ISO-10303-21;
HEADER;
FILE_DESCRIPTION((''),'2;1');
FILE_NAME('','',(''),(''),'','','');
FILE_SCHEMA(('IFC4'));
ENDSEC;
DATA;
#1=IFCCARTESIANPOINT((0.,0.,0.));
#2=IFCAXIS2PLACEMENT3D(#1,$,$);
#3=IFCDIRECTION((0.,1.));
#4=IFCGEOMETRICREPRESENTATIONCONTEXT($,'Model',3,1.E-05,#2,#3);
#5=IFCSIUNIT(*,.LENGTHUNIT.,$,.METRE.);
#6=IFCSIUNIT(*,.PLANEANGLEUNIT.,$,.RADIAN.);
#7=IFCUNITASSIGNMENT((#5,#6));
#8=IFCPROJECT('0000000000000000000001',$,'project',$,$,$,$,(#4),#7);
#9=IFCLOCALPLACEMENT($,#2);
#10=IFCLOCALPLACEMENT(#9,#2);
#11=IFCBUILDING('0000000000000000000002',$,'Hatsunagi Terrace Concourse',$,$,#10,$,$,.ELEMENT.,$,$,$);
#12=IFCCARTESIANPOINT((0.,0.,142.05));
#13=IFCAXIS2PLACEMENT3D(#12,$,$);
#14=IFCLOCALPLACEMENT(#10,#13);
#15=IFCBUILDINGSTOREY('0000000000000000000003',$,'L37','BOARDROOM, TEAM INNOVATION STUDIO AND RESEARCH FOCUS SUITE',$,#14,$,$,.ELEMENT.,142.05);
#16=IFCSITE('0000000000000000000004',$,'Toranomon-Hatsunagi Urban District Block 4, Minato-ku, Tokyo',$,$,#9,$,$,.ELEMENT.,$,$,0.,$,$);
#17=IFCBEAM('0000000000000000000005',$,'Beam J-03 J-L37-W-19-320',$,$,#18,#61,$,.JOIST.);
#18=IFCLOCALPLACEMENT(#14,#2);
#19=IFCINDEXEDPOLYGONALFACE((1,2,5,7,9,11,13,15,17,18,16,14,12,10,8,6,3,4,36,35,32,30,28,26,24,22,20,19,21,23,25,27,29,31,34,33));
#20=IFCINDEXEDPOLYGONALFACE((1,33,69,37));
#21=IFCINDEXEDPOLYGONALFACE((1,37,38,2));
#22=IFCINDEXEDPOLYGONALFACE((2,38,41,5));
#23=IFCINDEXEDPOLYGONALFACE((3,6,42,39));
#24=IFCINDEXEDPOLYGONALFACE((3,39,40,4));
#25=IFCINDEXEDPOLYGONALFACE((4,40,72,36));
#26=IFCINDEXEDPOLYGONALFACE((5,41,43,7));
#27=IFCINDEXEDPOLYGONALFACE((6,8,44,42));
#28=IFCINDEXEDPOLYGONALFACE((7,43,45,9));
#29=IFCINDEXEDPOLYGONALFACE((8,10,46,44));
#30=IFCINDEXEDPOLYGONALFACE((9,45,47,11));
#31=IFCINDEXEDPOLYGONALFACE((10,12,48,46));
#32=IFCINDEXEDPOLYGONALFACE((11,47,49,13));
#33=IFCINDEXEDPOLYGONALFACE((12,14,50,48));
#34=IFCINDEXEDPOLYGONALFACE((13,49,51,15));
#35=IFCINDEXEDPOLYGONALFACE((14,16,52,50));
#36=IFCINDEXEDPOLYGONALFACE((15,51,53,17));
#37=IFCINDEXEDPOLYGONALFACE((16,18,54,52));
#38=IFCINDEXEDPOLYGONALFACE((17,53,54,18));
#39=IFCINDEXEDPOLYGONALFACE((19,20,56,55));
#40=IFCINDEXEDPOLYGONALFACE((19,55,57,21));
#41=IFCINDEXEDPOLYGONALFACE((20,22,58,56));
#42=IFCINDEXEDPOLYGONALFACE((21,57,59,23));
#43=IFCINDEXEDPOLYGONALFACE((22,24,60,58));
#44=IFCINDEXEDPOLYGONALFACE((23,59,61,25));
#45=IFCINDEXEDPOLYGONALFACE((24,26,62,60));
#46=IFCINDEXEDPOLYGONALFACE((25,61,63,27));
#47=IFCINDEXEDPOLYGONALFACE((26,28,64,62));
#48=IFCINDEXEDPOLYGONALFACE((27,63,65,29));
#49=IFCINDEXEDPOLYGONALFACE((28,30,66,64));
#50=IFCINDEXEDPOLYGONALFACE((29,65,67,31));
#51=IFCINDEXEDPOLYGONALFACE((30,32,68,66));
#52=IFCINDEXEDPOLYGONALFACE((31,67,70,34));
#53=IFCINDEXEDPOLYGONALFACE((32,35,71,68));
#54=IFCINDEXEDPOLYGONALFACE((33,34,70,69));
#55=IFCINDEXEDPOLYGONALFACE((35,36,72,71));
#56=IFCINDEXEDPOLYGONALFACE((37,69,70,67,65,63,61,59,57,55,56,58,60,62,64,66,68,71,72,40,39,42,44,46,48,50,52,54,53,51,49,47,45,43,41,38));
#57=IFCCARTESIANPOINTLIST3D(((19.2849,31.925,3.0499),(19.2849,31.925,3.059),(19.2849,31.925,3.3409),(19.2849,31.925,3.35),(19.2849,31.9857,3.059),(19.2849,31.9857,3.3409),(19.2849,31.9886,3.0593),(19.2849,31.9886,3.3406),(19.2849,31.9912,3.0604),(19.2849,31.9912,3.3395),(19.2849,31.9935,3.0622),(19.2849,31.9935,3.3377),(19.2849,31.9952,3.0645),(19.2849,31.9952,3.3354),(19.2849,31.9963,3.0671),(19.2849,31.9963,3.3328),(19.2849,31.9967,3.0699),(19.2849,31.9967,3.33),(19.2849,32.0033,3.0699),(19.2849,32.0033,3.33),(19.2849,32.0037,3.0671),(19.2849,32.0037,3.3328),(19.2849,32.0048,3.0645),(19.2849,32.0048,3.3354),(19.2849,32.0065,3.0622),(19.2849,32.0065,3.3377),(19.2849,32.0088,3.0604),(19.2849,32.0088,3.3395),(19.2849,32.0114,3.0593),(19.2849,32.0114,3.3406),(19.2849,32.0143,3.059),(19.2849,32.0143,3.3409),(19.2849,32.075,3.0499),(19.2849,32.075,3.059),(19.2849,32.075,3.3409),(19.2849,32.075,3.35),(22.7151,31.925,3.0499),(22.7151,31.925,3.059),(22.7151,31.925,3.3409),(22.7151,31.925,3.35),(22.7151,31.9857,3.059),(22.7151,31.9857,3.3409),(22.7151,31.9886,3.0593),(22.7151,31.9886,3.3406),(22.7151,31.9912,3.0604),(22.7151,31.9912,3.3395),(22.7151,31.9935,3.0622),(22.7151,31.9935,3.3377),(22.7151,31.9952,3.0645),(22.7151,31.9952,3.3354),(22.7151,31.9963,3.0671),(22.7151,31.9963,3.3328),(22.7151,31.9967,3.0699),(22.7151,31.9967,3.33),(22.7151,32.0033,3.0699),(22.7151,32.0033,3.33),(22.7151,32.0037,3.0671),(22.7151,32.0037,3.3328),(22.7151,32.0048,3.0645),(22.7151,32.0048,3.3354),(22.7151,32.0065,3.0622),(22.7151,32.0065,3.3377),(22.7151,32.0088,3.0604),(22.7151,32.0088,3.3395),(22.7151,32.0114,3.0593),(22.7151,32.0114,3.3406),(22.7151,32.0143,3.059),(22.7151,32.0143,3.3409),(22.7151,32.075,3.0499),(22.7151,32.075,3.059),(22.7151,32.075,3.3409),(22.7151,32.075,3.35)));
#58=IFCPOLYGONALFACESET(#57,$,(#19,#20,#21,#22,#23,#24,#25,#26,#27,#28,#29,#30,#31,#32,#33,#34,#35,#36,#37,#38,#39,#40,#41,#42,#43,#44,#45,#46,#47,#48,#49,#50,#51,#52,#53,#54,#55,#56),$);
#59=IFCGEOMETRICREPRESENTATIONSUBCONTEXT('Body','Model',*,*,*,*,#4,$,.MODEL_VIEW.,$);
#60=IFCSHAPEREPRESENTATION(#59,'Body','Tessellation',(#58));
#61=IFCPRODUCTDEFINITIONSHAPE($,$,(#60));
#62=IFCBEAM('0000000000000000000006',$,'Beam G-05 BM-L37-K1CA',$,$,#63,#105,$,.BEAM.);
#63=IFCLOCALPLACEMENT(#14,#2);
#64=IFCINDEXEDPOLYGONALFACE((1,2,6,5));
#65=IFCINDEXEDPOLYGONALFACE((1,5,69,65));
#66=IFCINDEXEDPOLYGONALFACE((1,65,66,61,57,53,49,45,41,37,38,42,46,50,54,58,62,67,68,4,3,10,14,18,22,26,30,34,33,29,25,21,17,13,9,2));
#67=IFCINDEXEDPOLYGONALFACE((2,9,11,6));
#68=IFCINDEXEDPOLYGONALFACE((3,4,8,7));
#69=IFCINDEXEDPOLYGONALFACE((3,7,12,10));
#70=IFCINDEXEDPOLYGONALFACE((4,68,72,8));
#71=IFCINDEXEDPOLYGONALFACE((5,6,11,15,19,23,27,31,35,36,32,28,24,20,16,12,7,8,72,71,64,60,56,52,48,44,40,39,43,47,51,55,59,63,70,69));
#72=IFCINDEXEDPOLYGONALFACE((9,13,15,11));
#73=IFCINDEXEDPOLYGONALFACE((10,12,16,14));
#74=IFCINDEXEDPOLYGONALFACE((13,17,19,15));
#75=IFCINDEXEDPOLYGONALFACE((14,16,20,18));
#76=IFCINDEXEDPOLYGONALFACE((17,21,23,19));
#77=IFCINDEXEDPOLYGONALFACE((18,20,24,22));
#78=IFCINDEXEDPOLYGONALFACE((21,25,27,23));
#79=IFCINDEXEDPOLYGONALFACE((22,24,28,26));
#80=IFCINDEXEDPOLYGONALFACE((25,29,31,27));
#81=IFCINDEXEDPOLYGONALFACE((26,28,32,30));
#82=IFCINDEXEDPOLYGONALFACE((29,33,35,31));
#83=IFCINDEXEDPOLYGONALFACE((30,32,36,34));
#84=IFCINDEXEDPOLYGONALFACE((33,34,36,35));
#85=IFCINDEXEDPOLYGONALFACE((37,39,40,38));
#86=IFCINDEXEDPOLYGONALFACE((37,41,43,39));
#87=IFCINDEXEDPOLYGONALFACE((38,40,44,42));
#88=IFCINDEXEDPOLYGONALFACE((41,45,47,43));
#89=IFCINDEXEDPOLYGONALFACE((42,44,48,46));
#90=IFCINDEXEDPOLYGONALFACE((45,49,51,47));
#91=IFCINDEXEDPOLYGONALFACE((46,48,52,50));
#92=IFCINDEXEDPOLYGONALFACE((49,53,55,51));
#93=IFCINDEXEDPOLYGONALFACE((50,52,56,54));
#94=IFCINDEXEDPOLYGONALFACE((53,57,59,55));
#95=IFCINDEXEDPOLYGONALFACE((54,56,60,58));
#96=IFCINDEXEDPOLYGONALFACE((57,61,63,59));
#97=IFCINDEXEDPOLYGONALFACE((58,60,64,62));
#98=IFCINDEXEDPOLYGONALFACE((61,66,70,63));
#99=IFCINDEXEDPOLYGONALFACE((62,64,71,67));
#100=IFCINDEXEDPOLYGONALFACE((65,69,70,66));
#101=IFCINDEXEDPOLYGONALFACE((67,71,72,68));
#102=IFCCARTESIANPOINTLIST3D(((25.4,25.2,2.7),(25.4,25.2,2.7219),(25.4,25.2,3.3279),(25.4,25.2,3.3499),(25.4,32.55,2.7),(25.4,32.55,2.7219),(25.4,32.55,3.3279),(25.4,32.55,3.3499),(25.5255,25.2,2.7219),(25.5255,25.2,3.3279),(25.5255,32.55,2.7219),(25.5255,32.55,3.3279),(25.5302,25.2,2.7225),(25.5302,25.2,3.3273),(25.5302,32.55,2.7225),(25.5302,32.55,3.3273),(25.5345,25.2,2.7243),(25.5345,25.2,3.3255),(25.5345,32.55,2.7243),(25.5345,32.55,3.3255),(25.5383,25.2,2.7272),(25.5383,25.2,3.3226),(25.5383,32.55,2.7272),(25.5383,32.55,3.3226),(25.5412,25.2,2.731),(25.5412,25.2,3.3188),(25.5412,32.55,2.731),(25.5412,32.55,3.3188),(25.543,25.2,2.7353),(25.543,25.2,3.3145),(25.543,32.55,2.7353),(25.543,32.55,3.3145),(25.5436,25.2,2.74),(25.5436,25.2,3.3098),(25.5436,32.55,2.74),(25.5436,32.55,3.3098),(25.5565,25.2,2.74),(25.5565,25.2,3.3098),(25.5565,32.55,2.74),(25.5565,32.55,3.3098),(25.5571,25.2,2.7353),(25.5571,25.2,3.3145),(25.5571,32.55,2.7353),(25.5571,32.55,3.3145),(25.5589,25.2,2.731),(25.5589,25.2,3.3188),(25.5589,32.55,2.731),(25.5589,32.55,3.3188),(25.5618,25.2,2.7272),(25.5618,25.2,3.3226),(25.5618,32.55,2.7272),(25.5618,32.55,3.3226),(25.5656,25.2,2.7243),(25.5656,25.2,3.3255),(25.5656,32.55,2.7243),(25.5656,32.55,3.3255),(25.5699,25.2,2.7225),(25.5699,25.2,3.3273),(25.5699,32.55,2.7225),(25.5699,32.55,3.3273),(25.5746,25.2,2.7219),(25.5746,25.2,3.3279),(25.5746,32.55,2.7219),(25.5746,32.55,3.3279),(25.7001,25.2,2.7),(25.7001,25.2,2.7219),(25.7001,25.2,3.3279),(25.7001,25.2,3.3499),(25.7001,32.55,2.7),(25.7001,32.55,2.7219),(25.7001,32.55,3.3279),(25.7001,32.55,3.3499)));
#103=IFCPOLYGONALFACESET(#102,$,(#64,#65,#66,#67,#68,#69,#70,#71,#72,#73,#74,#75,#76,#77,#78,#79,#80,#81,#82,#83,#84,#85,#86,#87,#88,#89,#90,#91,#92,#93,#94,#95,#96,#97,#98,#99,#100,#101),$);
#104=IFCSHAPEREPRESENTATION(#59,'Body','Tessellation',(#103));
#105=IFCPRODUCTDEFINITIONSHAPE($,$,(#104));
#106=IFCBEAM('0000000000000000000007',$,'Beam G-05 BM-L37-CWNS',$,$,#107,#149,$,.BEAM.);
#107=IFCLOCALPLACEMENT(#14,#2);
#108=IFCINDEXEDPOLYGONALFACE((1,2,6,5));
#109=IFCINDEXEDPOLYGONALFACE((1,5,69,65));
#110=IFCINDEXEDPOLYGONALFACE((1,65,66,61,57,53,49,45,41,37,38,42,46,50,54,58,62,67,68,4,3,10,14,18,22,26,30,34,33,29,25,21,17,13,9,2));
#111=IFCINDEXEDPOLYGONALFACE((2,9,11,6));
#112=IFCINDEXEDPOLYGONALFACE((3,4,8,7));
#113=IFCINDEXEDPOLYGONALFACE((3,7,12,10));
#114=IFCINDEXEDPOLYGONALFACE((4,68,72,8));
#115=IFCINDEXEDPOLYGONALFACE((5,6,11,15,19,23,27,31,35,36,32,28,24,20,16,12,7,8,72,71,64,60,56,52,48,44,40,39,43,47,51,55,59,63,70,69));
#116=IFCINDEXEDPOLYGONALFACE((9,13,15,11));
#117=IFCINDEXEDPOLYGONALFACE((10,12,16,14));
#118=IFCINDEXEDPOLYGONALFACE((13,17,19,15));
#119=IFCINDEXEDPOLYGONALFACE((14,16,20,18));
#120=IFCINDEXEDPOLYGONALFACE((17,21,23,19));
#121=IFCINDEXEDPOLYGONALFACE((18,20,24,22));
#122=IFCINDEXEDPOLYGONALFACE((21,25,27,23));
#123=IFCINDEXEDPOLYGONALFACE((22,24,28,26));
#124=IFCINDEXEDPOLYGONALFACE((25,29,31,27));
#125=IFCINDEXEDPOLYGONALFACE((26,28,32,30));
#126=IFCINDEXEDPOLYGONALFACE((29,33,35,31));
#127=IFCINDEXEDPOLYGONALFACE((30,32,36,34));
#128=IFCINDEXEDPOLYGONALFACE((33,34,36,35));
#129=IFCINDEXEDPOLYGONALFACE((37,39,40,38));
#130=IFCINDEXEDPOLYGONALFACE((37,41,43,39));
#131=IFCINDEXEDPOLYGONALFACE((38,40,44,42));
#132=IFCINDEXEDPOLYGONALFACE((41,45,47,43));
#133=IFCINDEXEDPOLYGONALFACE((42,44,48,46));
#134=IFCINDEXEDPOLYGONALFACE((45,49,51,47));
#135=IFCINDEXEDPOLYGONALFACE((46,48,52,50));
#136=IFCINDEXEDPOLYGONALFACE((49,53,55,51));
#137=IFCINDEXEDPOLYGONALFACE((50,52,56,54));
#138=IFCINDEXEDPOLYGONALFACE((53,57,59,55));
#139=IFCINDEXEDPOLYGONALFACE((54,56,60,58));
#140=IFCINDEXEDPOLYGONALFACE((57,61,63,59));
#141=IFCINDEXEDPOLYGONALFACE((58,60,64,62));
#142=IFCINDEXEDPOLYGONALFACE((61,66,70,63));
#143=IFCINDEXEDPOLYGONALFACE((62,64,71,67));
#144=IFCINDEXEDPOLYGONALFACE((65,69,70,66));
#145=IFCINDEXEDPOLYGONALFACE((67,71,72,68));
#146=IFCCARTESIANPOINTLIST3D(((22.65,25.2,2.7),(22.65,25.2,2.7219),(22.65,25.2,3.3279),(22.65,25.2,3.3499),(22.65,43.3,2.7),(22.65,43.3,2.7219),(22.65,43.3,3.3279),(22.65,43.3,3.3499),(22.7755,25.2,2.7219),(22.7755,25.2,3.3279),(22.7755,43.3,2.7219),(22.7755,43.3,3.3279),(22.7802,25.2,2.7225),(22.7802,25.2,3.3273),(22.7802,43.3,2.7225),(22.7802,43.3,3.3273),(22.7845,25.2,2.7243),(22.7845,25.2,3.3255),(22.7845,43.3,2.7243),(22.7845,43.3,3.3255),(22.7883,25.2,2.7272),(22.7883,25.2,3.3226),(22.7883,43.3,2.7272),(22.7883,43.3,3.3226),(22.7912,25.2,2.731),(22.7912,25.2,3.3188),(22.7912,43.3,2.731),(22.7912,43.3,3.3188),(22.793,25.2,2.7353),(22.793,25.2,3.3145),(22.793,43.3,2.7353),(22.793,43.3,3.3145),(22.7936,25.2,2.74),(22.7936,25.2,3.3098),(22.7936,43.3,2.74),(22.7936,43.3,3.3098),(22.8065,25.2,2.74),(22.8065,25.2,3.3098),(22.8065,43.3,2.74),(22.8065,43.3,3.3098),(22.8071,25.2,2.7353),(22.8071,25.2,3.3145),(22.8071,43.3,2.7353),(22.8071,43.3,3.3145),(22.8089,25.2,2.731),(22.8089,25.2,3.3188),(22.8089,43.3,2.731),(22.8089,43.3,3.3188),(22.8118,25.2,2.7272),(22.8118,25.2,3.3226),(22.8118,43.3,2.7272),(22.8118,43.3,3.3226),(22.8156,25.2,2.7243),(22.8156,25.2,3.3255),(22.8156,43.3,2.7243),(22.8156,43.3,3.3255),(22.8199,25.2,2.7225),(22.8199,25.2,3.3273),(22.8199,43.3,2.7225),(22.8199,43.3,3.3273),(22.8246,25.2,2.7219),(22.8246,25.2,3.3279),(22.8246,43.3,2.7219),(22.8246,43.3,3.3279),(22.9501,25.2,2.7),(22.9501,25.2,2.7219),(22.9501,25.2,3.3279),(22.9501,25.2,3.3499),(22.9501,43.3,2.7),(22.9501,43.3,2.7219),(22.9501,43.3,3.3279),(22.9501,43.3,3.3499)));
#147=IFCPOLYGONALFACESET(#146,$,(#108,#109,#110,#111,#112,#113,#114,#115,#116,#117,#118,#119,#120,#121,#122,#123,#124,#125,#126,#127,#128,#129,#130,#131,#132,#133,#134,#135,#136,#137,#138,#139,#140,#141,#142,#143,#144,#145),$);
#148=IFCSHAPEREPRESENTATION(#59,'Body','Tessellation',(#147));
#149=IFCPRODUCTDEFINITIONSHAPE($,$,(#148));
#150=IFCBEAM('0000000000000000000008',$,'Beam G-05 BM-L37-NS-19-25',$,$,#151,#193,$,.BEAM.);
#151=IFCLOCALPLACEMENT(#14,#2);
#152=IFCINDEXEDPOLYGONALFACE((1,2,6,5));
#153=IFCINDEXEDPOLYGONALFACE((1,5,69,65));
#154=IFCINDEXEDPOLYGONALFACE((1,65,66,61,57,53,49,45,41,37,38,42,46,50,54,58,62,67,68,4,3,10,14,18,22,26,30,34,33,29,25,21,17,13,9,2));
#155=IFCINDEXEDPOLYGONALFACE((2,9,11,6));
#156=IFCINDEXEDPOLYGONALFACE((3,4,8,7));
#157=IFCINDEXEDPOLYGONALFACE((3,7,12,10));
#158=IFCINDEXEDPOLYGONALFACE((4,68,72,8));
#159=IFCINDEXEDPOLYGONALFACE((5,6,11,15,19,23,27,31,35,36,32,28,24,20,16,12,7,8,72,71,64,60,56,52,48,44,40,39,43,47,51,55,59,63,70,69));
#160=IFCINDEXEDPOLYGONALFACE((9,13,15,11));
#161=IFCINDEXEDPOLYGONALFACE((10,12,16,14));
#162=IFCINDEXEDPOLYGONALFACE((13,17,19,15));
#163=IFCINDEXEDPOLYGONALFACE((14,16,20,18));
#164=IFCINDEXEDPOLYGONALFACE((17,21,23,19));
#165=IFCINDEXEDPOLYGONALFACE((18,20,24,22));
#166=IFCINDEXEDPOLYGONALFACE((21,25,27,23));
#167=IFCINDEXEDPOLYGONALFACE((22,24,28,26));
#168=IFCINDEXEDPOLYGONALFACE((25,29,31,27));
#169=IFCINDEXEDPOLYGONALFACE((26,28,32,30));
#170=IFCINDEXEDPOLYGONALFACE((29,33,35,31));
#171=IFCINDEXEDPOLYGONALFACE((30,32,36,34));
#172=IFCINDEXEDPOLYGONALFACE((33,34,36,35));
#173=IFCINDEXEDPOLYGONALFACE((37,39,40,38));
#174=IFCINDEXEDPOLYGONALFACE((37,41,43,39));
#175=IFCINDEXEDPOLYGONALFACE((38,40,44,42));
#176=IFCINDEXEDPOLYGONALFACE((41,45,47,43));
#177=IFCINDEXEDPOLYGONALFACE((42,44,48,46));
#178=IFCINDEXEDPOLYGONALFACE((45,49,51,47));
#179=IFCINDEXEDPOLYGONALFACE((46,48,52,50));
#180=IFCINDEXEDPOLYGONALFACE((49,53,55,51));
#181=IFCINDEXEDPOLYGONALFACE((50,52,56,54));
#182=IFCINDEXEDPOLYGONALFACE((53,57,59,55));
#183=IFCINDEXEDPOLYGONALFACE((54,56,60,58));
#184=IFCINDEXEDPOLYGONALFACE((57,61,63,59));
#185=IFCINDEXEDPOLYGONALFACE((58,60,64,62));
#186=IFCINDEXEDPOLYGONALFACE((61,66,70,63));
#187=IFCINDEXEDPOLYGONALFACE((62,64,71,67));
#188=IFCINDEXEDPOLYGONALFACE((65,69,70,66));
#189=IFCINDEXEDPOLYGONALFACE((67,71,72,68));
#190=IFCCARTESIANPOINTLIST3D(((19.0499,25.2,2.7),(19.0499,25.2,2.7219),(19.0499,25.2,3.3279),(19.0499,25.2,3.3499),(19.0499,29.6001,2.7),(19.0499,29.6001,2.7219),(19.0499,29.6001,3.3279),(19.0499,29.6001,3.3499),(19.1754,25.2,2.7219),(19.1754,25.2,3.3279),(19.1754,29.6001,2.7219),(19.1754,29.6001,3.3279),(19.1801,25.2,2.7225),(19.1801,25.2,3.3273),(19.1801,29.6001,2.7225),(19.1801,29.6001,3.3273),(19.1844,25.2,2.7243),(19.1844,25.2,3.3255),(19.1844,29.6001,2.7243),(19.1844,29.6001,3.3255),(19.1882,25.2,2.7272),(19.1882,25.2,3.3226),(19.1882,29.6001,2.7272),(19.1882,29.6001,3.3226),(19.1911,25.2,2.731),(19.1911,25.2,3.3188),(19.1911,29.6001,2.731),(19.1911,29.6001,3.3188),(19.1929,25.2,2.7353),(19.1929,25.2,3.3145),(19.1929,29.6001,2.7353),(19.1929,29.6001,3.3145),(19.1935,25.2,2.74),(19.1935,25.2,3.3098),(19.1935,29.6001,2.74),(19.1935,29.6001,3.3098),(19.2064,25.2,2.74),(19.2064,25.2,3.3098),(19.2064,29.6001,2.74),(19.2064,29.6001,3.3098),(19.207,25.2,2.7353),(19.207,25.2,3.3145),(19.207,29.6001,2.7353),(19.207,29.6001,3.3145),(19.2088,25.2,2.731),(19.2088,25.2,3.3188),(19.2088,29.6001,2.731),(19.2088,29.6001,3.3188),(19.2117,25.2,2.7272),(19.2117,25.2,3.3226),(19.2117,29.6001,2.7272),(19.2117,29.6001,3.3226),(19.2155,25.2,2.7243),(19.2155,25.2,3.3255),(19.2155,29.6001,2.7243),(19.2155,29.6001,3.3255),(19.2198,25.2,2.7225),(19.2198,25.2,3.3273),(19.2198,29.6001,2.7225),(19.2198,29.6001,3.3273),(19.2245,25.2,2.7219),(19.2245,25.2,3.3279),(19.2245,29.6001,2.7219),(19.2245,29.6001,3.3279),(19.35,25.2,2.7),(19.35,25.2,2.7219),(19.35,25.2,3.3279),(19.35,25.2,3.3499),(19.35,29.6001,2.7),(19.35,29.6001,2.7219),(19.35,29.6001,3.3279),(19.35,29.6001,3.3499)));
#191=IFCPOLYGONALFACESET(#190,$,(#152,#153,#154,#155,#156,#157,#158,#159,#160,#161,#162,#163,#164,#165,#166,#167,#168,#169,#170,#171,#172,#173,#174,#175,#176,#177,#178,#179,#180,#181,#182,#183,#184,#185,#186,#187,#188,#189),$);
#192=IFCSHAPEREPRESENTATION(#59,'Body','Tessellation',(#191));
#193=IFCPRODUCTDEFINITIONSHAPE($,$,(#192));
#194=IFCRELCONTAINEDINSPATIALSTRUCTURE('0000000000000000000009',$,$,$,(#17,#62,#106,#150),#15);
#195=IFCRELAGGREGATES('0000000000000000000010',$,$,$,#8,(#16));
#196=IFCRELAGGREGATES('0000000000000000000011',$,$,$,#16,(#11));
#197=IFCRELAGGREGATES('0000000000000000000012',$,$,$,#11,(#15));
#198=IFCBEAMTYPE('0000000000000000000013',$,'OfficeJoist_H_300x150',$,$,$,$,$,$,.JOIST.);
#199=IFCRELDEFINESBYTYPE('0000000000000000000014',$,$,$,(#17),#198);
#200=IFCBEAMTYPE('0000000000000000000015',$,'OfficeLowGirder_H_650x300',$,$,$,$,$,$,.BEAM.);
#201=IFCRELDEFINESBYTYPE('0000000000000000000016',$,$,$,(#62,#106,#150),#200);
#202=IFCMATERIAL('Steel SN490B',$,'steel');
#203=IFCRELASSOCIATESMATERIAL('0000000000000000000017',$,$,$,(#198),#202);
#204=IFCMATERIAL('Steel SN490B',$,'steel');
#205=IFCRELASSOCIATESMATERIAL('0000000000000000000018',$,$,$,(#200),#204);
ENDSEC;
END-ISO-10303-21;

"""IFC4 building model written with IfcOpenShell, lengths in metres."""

from ifc_helpers import new_model, si_unit, direction, frame, origin, origin_2d, place, context, subcontext, project, spatial, i_section, extrude, material, material_profile, profile_set, type_object, element, save


model = new_model("IFC4")

# Units and contexts
model_context = context("Model", 3, precision=1e-05, world=origin(), true_north=direction((0.0, 1.0)))
body_context = subcontext(model_context, "Body", "Model", "MODEL_VIEW")
ifc_project = project(units=[si_unit("LENGTHUNIT", "METRE"), si_unit("PLANEANGLEUNIT", "RADIAN")], contexts=[model_context])

# Site, building, storey
site_placement = place(None, origin())
site = spatial("IfcSite", under=ifc_project, at=site_placement, Name="Toranomon-Hatsunagi Urban District Block 4, Minato-ku, Tokyo", CompositionType="ELEMENT", RefElevation=0.0)
building_placement = place(site_placement, origin())
building = spatial("IfcBuilding", under=site, at=building_placement, Name="Hatsunagi Terrace Concourse", CompositionType="ELEMENT")
storey_placement = place(building_placement, frame((0.0, 0.0, 142.05)))
storey = spatial("IfcBuildingStorey", under=building, at=storey_placement, Name="L37", Description="BOARDROOM, TEAM INNOVATION STUDIO AND RESEARCH FOCUS SUITE", CompositionType="ELEMENT", Elevation=142.05)

# Beams
ifc_material_1 = material(Name="Steel SN490B", Category="steel")
ifc_material_profile_1 = material_profile(ifc_material_1, i_section(OverallWidth=0.1499, OverallDepth=0.3, WebThickness=0.0066, FlangeThickness=0.009, FilletRadius=0.011, at=origin_2d()), Name="H-300x150x6.5x9")
ifc_profile_set_1 = profile_set([ifc_material_profile_1], Name="Steel SN490B")
beam_type_1 = type_object("IfcBeamType", Name="OfficeJoist_H_300x150", PredefinedType="JOIST", material=ifc_profile_set_1)
for number, where, z_axis, x_axis, name in (
    (1, (19.2849, 32.0, 3.2), (1.0, 0.0, 0.0), (0.0, 1.0, 0.0), "Beam J-03 J-L37-W-19-320"),
):
    element("IfcBeam", number, at=place(storey_placement, frame(where, z_axis=z_axis, x_axis=x_axis)), inside=storey, type_object=beam_type_1, Name=name, PredefinedType="JOIST", context=body_context, shape_type="SweptSolid", body=[
        extrude(i_section(OverallWidth=0.1499, OverallDepth=0.3, WebThickness=0.0066, FlangeThickness=0.009, FilletRadius=0.011, at=origin_2d()), origin(), (0.0, 0.0, 1.0), 3.4302),
    ])
ifc_material_2 = material(Name="Steel SN490B", Category="steel")
ifc_material_profile_2 = material_profile(ifc_material_2, i_section(OverallWidth=0.3, OverallDepth=0.6499, WebThickness=0.0129, FlangeThickness=0.022, FilletRadius=0.0181, at=origin_2d()), Name="H-650x300x13x22")
ifc_profile_set_2 = profile_set([ifc_material_profile_2], Name="Steel SN490B")
beam_type_2 = type_object("IfcBeamType", Name="OfficeLowGirder_H_650x300", PredefinedType="BEAM", material=ifc_profile_set_2)
beam_1_placement = place(storey_placement, frame((25.55, 25.2, 3.0249), z_axis=(0.0, 1.0, 0.0), x_axis=(-1.0, 0.0, 0.0)))
element("IfcBeam", 2, at=beam_1_placement, inside=storey, type_object=beam_type_2, Name="Beam G-05 BM-L37-K1CA", PredefinedType="BEAM", context=body_context, shape_type="SweptSolid", body=[
    extrude(i_section(OverallWidth=0.3, OverallDepth=0.6499, WebThickness=0.0129, FlangeThickness=0.022, FilletRadius=0.0181, at=origin_2d()), origin(), (0.0, 0.0, 1.0), 7.3501),
])
beam_2_placement = place(storey_placement, frame((22.8, 25.2, 3.0249), z_axis=(0.0, 1.0, 0.0), x_axis=(-1.0, 0.0, 0.0)))
element("IfcBeam", 3, at=beam_2_placement, inside=storey, type_object=beam_type_2, Name="Beam G-05 BM-L37-CWNS", PredefinedType="BEAM", context=body_context, shape_type="SweptSolid", body=[
    extrude(i_section(OverallWidth=0.3, OverallDepth=0.6499, WebThickness=0.0129, FlangeThickness=0.022, FilletRadius=0.0181, at=origin_2d()), origin(), (0.0, 0.0, 1.0), 18.1001),
])
beam_3_placement = place(storey_placement, frame((19.2, 25.2, 3.0249), z_axis=(0.0, 1.0, 0.0), x_axis=(-1.0, 0.0, 0.0)))
element("IfcBeam", 4, at=beam_3_placement, inside=storey, type_object=beam_type_2, Name="Beam G-05 BM-L37-NS-19-25", PredefinedType="BEAM", context=body_context, shape_type="SweptSolid", body=[
    extrude(i_section(OverallWidth=0.3, OverallDepth=0.6499, WebThickness=0.0129, FlangeThickness=0.022, FilletRadius=0.0181, at=origin_2d()), origin(), (0.0, 0.0, 1.0), 4.4001),
])

save(model, "model.ifc")
